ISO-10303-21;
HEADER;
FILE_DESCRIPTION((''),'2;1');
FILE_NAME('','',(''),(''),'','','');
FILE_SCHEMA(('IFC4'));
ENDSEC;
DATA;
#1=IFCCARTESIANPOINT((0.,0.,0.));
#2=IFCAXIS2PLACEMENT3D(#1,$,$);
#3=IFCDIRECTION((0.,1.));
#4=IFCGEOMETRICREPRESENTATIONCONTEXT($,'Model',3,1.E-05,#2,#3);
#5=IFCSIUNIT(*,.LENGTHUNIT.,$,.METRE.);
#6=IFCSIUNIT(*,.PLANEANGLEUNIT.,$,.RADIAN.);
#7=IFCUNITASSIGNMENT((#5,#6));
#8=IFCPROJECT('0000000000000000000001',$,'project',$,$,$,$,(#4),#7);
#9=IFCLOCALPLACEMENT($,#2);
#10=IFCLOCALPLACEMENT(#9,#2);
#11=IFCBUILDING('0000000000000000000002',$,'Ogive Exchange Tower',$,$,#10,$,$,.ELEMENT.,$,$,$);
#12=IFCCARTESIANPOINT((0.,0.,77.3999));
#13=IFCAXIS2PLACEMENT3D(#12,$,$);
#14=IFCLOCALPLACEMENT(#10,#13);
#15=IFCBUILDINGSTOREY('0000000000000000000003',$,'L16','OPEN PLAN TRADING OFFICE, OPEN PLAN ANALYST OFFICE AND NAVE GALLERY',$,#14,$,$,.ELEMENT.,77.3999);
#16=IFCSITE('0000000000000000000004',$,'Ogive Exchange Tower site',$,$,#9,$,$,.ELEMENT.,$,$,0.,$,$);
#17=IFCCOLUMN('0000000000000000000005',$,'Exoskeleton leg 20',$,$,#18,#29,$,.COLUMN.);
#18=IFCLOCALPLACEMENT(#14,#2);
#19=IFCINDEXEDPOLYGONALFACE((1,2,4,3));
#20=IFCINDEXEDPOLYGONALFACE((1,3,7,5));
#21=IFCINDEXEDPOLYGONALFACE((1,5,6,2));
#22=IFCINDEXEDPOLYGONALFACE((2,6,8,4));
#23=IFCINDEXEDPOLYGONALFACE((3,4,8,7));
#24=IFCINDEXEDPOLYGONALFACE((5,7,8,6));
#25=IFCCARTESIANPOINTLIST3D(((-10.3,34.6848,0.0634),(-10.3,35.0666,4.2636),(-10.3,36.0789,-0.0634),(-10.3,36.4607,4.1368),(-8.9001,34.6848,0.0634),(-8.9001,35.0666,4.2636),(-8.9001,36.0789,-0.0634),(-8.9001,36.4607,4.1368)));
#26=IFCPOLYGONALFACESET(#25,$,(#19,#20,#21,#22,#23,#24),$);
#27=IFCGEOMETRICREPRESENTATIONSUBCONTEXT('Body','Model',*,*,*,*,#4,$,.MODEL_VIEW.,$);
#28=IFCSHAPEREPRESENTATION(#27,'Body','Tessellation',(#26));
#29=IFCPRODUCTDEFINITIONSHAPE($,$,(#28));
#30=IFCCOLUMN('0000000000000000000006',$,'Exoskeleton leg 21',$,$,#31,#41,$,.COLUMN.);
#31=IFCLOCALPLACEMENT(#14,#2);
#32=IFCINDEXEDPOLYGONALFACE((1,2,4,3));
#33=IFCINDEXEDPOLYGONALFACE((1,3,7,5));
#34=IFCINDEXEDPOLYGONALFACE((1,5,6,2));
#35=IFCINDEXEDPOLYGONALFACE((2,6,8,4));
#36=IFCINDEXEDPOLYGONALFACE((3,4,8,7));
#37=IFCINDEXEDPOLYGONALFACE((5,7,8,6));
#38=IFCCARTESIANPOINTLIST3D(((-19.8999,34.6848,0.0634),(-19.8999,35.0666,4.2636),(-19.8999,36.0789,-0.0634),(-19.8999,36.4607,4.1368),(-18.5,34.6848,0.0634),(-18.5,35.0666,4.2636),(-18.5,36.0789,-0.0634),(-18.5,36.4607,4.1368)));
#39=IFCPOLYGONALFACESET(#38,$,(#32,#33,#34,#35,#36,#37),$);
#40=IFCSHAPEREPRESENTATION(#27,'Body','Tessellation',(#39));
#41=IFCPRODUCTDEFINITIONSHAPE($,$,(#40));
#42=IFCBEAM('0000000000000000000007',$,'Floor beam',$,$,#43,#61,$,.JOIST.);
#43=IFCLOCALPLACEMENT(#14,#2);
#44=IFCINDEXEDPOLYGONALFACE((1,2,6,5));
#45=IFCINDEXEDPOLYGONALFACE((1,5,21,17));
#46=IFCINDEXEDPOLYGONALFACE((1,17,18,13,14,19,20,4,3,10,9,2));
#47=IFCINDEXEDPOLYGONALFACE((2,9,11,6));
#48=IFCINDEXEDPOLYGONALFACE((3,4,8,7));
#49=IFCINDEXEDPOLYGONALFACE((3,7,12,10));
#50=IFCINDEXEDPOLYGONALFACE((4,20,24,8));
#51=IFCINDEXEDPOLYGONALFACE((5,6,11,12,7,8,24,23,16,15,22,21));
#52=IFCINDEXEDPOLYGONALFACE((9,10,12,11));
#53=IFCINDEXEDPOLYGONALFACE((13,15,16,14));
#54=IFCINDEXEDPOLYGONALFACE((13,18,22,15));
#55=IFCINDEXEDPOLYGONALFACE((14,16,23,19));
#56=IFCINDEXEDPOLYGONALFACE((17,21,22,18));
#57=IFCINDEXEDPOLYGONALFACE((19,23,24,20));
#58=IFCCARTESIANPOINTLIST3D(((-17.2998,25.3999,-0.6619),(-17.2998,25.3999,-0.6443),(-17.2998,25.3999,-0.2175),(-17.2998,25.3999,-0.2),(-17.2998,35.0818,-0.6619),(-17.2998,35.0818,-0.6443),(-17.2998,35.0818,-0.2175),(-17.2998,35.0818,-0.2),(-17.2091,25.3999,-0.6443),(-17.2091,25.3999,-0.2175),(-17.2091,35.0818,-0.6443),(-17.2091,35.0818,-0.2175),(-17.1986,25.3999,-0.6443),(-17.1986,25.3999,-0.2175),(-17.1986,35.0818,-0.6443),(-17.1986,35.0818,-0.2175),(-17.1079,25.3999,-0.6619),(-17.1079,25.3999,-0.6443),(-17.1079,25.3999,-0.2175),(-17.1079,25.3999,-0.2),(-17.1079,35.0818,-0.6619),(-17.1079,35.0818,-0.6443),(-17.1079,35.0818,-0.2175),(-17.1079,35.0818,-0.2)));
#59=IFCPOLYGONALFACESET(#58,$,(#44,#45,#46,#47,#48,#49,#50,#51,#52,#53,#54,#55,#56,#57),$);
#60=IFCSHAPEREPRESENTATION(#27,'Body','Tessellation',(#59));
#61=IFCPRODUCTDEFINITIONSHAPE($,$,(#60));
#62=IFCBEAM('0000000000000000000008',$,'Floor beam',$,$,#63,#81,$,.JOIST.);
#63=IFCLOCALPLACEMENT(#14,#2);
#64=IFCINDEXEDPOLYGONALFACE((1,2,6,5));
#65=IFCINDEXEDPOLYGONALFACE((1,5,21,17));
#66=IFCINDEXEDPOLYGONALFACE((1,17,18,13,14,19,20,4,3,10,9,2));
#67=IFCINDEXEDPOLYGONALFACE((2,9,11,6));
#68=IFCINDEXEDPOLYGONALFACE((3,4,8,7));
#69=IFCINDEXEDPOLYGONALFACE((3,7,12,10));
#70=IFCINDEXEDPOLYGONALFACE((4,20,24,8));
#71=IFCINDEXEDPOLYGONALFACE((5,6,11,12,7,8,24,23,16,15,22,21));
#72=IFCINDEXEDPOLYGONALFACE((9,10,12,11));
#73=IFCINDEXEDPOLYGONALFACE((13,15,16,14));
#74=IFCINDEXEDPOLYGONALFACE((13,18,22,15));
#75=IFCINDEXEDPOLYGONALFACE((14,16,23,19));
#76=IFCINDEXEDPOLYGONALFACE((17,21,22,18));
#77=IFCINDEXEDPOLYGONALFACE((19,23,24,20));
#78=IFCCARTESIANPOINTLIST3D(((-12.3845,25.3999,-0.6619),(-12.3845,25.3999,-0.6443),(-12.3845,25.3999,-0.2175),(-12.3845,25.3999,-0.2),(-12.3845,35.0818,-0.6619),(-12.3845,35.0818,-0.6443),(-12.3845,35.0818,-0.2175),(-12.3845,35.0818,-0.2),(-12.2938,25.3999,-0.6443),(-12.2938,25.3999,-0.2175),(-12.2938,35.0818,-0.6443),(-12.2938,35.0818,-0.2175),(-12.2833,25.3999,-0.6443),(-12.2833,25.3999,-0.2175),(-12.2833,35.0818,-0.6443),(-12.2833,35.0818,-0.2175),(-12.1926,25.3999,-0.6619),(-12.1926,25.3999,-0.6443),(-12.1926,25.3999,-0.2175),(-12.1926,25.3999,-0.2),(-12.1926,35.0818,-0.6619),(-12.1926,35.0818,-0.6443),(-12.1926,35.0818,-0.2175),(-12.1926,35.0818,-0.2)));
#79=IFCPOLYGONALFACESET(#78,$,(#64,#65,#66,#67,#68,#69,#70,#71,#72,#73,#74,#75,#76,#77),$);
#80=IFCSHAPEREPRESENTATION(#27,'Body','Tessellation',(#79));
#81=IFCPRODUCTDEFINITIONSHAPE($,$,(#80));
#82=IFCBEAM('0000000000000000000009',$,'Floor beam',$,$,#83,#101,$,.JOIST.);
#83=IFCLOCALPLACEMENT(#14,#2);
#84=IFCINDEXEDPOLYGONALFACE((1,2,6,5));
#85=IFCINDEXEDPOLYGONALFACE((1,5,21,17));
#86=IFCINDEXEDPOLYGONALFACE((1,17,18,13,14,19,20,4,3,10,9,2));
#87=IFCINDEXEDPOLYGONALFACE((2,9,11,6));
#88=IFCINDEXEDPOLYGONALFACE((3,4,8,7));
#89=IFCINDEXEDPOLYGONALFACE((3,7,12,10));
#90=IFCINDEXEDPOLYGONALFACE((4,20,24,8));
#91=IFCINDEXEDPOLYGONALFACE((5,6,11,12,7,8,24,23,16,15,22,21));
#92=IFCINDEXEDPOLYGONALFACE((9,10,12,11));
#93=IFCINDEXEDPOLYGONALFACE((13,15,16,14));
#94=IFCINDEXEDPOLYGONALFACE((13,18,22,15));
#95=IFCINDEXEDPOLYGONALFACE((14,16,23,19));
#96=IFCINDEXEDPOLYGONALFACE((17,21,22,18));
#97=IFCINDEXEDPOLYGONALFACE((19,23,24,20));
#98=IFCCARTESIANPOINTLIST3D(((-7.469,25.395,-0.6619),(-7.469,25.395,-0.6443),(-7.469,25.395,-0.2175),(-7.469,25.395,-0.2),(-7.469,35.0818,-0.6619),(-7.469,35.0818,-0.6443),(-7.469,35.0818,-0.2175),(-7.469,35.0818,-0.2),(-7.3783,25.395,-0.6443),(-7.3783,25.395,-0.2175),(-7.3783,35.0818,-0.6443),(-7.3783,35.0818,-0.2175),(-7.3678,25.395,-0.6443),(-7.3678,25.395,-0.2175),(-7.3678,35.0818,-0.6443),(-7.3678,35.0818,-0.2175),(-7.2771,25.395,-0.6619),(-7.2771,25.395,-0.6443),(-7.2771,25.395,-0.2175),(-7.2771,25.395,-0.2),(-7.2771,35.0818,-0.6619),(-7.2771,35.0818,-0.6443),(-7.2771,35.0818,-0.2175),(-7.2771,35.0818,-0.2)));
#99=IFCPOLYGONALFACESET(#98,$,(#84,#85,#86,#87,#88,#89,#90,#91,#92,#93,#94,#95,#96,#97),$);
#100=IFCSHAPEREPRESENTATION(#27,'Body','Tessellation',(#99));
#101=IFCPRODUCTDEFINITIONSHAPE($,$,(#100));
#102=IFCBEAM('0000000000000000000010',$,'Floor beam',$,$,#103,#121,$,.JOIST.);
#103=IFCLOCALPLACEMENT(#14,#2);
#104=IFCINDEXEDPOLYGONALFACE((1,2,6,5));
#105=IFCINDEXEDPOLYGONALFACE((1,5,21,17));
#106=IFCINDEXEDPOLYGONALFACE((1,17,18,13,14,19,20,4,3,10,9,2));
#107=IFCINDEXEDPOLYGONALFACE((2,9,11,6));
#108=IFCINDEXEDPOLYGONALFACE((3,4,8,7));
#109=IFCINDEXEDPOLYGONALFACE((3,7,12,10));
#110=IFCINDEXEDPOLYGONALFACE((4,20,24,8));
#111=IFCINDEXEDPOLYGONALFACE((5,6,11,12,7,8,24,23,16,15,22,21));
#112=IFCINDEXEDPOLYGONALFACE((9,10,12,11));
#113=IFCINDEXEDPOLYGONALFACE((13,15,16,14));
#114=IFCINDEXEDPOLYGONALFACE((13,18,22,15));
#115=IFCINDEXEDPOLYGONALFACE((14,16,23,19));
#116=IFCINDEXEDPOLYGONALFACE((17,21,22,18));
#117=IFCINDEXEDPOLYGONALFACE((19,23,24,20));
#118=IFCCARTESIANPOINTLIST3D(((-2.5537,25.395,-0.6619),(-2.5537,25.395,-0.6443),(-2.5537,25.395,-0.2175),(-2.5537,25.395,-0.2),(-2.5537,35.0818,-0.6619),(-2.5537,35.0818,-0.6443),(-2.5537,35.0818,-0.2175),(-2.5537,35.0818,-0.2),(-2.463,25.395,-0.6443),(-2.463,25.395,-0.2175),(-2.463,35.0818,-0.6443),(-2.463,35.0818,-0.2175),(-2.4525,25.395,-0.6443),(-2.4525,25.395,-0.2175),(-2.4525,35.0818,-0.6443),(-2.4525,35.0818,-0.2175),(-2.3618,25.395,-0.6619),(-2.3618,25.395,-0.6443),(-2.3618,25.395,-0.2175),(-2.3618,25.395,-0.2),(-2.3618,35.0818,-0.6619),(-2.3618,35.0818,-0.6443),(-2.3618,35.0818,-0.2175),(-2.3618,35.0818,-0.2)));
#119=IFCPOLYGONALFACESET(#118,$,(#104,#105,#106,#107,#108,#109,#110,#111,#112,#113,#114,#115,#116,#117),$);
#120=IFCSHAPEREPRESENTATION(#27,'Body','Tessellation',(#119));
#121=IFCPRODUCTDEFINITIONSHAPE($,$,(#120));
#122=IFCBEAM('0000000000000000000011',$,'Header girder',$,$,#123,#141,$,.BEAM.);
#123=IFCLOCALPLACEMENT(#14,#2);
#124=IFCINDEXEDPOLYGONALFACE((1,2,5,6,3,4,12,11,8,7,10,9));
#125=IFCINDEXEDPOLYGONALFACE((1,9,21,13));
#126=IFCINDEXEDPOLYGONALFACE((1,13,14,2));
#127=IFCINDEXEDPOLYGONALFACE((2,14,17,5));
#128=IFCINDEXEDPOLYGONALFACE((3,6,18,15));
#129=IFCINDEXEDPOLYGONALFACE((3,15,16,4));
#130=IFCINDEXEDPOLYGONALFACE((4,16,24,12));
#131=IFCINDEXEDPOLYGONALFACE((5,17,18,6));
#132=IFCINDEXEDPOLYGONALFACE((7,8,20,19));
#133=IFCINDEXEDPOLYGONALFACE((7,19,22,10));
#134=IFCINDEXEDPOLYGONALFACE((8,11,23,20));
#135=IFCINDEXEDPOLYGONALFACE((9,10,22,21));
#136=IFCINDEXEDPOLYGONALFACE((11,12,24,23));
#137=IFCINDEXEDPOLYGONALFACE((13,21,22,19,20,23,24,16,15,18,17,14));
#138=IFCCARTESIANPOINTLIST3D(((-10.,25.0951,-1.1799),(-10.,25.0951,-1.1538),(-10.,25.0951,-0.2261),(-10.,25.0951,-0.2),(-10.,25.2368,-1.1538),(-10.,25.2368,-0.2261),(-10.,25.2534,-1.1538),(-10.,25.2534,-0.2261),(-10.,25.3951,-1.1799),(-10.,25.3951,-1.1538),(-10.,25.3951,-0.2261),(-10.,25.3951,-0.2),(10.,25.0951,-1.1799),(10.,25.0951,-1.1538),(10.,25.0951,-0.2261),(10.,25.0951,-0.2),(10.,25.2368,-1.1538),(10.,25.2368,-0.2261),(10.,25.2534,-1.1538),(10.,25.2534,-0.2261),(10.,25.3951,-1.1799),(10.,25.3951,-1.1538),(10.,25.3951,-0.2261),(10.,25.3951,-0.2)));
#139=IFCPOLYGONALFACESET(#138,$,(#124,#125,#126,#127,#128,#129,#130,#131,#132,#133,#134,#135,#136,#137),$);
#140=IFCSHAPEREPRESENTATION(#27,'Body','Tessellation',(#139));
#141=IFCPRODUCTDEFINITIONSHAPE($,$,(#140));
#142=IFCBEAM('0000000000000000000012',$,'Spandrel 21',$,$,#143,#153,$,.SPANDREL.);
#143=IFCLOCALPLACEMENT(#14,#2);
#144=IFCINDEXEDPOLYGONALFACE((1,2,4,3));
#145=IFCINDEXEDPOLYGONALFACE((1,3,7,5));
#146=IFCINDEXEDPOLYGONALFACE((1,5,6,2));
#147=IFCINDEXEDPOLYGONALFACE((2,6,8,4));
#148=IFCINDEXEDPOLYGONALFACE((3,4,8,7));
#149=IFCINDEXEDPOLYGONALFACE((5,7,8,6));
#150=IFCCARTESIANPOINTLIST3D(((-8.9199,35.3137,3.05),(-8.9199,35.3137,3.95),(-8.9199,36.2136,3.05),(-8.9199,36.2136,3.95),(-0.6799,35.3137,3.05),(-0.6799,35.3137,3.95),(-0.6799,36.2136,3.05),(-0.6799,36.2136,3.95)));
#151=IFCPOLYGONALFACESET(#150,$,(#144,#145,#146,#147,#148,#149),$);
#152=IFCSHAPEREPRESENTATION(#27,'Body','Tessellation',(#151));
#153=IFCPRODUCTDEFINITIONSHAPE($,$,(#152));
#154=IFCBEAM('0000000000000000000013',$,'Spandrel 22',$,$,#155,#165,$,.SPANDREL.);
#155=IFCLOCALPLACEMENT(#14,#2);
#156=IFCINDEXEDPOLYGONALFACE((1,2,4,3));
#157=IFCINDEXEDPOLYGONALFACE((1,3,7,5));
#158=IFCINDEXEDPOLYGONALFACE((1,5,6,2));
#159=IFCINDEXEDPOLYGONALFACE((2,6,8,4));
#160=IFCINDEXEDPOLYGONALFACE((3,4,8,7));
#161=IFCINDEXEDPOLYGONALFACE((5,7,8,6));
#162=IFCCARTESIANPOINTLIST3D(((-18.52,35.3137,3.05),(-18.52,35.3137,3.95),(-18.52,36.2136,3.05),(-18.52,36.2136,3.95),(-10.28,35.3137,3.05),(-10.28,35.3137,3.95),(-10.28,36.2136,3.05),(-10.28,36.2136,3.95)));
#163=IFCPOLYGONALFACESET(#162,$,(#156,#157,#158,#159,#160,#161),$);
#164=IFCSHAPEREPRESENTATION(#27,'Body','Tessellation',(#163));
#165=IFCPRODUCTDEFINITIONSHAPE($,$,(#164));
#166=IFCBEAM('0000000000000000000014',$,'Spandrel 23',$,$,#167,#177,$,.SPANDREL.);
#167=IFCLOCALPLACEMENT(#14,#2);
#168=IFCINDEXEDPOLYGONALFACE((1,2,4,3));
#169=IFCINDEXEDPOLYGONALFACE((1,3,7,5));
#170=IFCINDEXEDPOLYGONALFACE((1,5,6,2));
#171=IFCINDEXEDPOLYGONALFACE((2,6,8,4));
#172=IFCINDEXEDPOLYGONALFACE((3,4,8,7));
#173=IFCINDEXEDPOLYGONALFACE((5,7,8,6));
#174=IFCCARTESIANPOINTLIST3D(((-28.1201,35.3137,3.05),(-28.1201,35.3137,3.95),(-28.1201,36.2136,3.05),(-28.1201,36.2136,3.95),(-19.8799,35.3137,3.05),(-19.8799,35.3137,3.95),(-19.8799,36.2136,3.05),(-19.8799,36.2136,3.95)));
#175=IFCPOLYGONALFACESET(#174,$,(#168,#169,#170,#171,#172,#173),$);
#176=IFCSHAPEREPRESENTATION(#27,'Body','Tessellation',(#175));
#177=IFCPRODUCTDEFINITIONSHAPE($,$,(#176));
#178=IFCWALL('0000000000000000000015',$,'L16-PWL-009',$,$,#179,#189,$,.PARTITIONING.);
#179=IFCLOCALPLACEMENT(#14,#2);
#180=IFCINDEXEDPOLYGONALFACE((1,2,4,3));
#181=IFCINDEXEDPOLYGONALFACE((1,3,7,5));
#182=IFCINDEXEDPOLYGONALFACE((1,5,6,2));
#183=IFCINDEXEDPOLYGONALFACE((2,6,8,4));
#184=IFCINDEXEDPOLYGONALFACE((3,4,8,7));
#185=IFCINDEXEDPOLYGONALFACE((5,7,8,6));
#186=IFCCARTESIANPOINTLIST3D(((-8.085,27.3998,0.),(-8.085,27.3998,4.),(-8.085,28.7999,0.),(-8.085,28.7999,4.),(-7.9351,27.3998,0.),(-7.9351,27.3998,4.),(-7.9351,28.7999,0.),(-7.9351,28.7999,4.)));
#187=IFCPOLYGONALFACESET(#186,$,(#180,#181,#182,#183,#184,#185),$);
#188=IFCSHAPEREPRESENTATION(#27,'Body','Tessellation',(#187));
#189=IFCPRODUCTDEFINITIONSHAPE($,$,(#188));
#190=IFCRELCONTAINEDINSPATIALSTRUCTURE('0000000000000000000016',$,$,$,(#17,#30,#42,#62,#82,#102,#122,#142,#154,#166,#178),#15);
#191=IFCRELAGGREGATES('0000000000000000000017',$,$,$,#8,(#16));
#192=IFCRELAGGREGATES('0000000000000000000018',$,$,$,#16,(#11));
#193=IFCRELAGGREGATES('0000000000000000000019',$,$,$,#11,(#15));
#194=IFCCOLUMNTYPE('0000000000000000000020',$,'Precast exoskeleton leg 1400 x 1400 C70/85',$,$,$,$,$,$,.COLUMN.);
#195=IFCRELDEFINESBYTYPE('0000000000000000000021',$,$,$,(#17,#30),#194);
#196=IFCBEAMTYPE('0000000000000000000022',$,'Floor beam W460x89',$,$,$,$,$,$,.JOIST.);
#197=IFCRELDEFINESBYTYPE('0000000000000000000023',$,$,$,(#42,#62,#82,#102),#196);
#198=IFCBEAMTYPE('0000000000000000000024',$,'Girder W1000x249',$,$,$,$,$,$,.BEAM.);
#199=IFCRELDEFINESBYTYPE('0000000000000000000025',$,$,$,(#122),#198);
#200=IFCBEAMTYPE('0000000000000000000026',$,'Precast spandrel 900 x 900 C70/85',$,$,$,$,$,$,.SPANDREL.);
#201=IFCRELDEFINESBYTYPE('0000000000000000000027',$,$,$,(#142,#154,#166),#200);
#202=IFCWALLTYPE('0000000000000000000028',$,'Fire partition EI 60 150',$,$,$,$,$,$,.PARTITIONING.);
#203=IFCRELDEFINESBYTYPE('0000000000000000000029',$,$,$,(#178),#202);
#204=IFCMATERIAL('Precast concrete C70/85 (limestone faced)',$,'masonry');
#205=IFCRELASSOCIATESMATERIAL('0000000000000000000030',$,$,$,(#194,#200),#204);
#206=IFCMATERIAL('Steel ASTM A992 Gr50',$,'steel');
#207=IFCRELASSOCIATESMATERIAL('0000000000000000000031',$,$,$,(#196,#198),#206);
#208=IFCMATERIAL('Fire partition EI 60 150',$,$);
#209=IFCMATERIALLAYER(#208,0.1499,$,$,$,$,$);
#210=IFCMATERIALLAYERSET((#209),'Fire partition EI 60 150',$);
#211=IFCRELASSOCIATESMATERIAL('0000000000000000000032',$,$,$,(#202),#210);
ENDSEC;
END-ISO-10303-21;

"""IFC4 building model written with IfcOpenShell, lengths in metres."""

from ifc_helpers import new_model, si_unit, direction, frame, frame_2d, origin, origin_2d, place, context, subcontext, project, spatial, rectangle, i_section, extrude, material, layer, layer_set, material_profile, profile_set, type_object, element, save


model = new_model("IFC4")

# Units and contexts
model_context = context("Model", 3, precision=1e-05, world=origin(), true_north=direction((0.0, 1.0)))
body_context = subcontext(model_context, "Body", "Model", "MODEL_VIEW")
ifc_project = project(units=[si_unit("LENGTHUNIT", "METRE"), si_unit("PLANEANGLEUNIT", "RADIAN")], contexts=[model_context])

# Site, building, storey
site_placement = place(None, origin())
site = spatial("IfcSite", under=ifc_project, at=site_placement, Name="Ogive Exchange Tower site", CompositionType="ELEMENT", RefElevation=0.0)
building_placement = place(site_placement, origin())
building = spatial("IfcBuilding", under=site, at=building_placement, Name="Ogive Exchange Tower", CompositionType="ELEMENT")
storey_placement = place(building_placement, frame((0.0, 0.0, 77.3999)))
storey = spatial("IfcBuildingStorey", under=building, at=storey_placement, Name="L16", Description="OPEN PLAN TRADING OFFICE, OPEN PLAN ANALYST OFFICE AND NAVE GALLERY", CompositionType="ELEMENT", Elevation=77.3999)

# Columns
ifc_material_1 = material(Name="Precast concrete C70/85 (limestone faced)", Category="masonry")
ifc_material_profile_1 = material_profile(ifc_material_1, rectangle(XDim=1.3999, YDim=1.3999, at=origin_2d()), Name="1400 x 1400")
ifc_profile_set_1 = profile_set([ifc_material_profile_1], Name="Precast concrete C70/85 (limestone faced)")
column_type = type_object("IfcColumnType", Name="Precast exoskeleton leg 1400 x 1400 C70/85", PredefinedType="COLUMN", material=ifc_profile_set_1)
for number, where, z_axis, x_axis, name in (
    (1, (-9.6001, 35.3818, 0.0), (0.0, 0.090536, 0.995893), (-1.0, 0.0, 0.0), "Exoskeleton leg 20"),
    (2, (-19.2, 35.3818, 0.0), (0.0, 0.090536, 0.995893), (-1.0, 0.0, 0.0), "Exoskeleton leg 21"),
):
    element("IfcColumn", number, at=place(storey_placement, frame(where, z_axis=z_axis, x_axis=x_axis)), inside=storey, type_object=column_type, Name=name, PredefinedType="COLUMN", context=body_context, shape_type="SweptSolid", body=[
        extrude(rectangle(XDim=1.3999, YDim=1.3999, at=origin_2d()), origin(), (0.0, 0.0, 1.0), 4.2175),
    ])

# Beams
ifc_material_2 = material(Name="Steel ASTM A992 Gr50", Category="steel")
ifc_material_profile_2 = material_profile(ifc_material_2, i_section(OverallWidth=0.1919, OverallDepth=0.4619, WebThickness=0.0105, FlangeThickness=0.0176, at=origin_2d()), Name="W460x89")
ifc_profile_set_2 = profile_set([ifc_material_profile_2], Name="Steel ASTM A992 Gr50")
beam_type_1 = type_object("IfcBeamType", Name="Floor beam W460x89", PredefinedType="JOIST", material=ifc_profile_set_2)
for number, where, z_axis, x_axis, name in (
    (3, (-17.2039, 25.3999, -0.4309), (0.0, 1.0, 0.0), (-1.0, 0.0, 0.0), "Floor beam"),
    (4, (-12.2886, 25.3999, -0.4309), (0.0, 1.0, 0.0), (-1.0, 0.0, 0.0), "Floor beam"),
):
    element("IfcBeam", number, at=place(storey_placement, frame(where, z_axis=z_axis, x_axis=x_axis)), inside=storey, type_object=beam_type_1, Name=name, PredefinedType="JOIST", context=body_context, shape_type="SweptSolid", body=[
        extrude(i_section(OverallWidth=0.1919, OverallDepth=0.4619, WebThickness=0.0105, FlangeThickness=0.0176, at=origin_2d()), origin(), (0.0, 0.0, 1.0), 9.6819),
    ])
for number, where, z_axis, x_axis, name in (
    (5, (-7.373, 25.395, -0.4309), (0.0, 1.0, 0.0), (-1.0, 0.0, 0.0), "Floor beam"),
    (6, (-2.4578, 25.395, -0.4309), (0.0, 1.0, 0.0), (-1.0, 0.0, 0.0), "Floor beam"),
):
    element("IfcBeam", number, at=place(storey_placement, frame(where, z_axis=z_axis, x_axis=x_axis)), inside=storey, type_object=beam_type_1, Name=name, PredefinedType="JOIST", context=body_context, shape_type="SweptSolid", body=[
        extrude(i_section(OverallWidth=0.1919, OverallDepth=0.4619, WebThickness=0.0105, FlangeThickness=0.0176, at=origin_2d()), origin(), (0.0, 0.0, 1.0), 9.6868),
    ])
ifc_material_profile_3 = material_profile(ifc_material_2, i_section(OverallWidth=0.3, OverallDepth=0.98, WebThickness=0.0166, FlangeThickness=0.0261, at=origin_2d()), Name="W1000x249")
ifc_profile_set_3 = profile_set([ifc_material_profile_3], Name="Steel ASTM A992 Gr50")
beam_type_2 = type_object("IfcBeamType", Name="Girder W1000x249", PredefinedType="BEAM", material=ifc_profile_set_3)
beam_1_placement = place(storey_placement, frame((-10.0, 25.2451, -0.6899), z_axis=(1.0, 0.0, 0.0), x_axis=(0.0, 1.0, 0.0)))
element("IfcBeam", 7, at=beam_1_placement, inside=storey, type_object=beam_type_2, Name="Header girder", PredefinedType="BEAM", context=body_context, shape_type="SweptSolid", body=[
    extrude(i_section(OverallWidth=0.3, OverallDepth=0.98, WebThickness=0.0166, FlangeThickness=0.0261, at=origin_2d()), origin(), (0.0, 0.0, 1.0), 20.0),
])
ifc_material_profile_4 = material_profile(ifc_material_1, rectangle(XDim=0.8999, YDim=0.8999, at=origin_2d()), Name="900 x 900")
ifc_profile_set_4 = profile_set([ifc_material_profile_4], Name="Precast concrete C70/85 (limestone faced)")
beam_type_3 = type_object("IfcBeamType", Name="Precast spandrel 900 x 900 C70/85", PredefinedType="SPANDREL", material=ifc_profile_set_4)
for number, where, z_axis, x_axis, name in (
    (8, (-0.6799, 35.7637, 3.5), (-1.0, 0.0, 0.0), (0.0, -1.0, 0.0), "Spandrel 21"),
    (9, (-10.28, 35.7637, 3.5), (-1.0, 0.0, 0.0), (0.0, -1.0, 0.0), "Spandrel 22"),
):
    element("IfcBeam", number, at=place(storey_placement, frame(where, z_axis=z_axis, x_axis=x_axis)), inside=storey, type_object=beam_type_3, Name=name, PredefinedType="SPANDREL", context=body_context, shape_type="SweptSolid", body=[
        extrude(rectangle(XDim=0.8999, YDim=0.8999, at=origin_2d()), origin(), (0.0, 0.0, 1.0), 8.24),
    ])
beam_2_placement = place(storey_placement, frame((-19.8799, 35.7637, 3.5), z_axis=(-1.0, 0.0, 0.0), x_axis=(0.0, -1.0, 0.0)))
element("IfcBeam", 10, at=beam_2_placement, inside=storey, type_object=beam_type_3, Name="Spandrel 23", PredefinedType="SPANDREL", context=body_context, shape_type="SweptSolid", body=[
    extrude(rectangle(XDim=0.8999, YDim=0.8999, at=origin_2d()), origin(), (0.0, 0.0, 1.0), 8.2402),
])

# Wall
ifc_material_3 = material(Name="Fire partition EI 60 150")
ifc_layer_1 = layer(ifc_material_3, 0.1499)
ifc_layer_set_1 = layer_set([ifc_layer_1], Name="Fire partition EI 60 150")
wall_type_1 = type_object("IfcWallType", Name="Fire partition EI 60 150", PredefinedType="PARTITIONING", material=ifc_layer_set_1)
wall_1_placement = place(storey_placement, frame((-8.01, 28.8, 0.0), z_axis=(0.0, 0.0, 1.0), x_axis=(0.0, -1.0, 0.0)))
element("IfcWall", 11, at=wall_1_placement, inside=storey, type_object=wall_type_1, Name="L16-PWL-009", PredefinedType="PARTITIONING", context=body_context, shape_type="SweptSolid", body=[
    extrude(rectangle(XDim=1.4001, YDim=0.1499, at=frame_2d((0.7002, 0.0))), origin(), (0.0, 0.0, 1.0), 4.0),
])

save(model, "model.ifc")
